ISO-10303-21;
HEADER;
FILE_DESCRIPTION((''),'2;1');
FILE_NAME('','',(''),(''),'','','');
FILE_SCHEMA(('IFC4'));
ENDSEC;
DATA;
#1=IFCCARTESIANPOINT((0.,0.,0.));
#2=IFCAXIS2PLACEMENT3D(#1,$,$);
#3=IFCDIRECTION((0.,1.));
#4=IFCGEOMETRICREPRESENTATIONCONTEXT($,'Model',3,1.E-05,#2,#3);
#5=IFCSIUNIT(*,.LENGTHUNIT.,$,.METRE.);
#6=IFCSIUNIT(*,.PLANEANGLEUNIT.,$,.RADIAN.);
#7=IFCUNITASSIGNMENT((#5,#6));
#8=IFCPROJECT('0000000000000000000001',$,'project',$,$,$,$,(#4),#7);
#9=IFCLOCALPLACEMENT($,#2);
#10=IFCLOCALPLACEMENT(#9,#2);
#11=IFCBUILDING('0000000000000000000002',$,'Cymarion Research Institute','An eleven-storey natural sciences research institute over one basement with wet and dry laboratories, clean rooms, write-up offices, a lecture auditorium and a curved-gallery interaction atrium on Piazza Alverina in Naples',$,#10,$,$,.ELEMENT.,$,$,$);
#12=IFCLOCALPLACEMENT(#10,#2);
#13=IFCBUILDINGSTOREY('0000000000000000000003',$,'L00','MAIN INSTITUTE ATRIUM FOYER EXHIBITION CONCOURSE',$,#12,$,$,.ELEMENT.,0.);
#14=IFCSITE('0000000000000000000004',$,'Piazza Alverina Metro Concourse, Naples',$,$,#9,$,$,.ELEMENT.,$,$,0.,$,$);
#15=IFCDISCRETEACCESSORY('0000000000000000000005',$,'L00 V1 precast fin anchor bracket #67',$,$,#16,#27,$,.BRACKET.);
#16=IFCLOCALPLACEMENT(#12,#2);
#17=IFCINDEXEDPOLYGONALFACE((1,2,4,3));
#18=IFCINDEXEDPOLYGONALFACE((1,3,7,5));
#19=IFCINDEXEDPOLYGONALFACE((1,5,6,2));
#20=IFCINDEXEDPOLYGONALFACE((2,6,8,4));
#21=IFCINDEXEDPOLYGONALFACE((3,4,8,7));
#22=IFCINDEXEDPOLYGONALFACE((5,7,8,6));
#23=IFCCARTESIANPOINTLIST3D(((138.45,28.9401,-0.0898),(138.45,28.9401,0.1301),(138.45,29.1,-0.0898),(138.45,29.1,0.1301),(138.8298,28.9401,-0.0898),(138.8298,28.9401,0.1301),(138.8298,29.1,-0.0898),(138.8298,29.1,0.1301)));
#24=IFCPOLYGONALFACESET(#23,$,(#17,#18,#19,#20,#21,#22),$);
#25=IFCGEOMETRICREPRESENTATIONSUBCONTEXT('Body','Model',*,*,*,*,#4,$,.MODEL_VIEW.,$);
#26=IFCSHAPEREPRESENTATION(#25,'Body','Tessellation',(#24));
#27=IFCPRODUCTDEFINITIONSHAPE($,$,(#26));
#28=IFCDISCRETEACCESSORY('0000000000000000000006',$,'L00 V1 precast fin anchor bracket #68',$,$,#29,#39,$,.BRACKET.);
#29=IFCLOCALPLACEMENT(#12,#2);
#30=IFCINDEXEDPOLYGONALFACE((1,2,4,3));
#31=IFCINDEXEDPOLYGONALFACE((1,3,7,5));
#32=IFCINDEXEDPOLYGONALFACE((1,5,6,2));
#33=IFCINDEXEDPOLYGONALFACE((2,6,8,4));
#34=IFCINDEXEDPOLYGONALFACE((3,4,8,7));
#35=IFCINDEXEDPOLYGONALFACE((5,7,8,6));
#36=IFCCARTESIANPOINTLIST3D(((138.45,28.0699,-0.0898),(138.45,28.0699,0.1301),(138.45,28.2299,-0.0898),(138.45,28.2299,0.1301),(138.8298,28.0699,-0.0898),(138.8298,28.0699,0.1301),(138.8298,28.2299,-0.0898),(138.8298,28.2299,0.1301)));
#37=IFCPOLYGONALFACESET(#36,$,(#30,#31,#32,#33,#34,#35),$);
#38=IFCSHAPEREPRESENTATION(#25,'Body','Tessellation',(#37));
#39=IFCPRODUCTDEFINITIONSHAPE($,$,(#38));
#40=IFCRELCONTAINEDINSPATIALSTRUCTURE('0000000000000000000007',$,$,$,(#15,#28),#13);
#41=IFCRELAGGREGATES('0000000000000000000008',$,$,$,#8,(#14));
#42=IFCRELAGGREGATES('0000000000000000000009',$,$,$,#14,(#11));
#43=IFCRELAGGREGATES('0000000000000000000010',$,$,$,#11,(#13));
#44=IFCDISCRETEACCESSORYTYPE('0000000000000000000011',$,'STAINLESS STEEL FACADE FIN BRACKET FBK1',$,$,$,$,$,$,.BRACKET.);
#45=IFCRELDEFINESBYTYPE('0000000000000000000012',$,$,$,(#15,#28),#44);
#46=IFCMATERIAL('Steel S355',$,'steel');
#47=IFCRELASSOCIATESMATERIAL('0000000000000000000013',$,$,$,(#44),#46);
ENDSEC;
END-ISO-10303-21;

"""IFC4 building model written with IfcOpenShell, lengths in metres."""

from ifc_helpers import new_model, si_unit, direction, frame, origin, origin_2d, place, context, subcontext, project, spatial, rectangle, extrude, material, type_object, element, save


model = new_model("IFC4")

# Units and contexts
model_context = context("Model", 3, precision=1e-05, world=origin(), true_north=direction((0.0, 1.0)))
body_context = subcontext(model_context, "Body", "Model", "MODEL_VIEW")
ifc_project = project(units=[si_unit("LENGTHUNIT", "METRE"), si_unit("PLANEANGLEUNIT", "RADIAN")], contexts=[model_context])

# Site, building, storey
site_placement = place(None, origin())
site = spatial("IfcSite", under=ifc_project, at=site_placement, Name="Piazza Alverina Metro Concourse, Naples", CompositionType="ELEMENT", RefElevation=0.0)
building_placement = place(site_placement, origin())
building = spatial("IfcBuilding", under=site, at=building_placement, Name="Cymarion Research Institute", Description="An eleven-storey natural sciences research institute over one basement with wet and dry laboratories, clean rooms, write-up offices, a lecture auditorium and a curved-gallery interaction atrium on Piazza Alverina in Naples", CompositionType="ELEMENT")
storey_placement = place(building_placement, origin())
storey = spatial("IfcBuildingStorey", under=building, at=storey_placement, Name="L00", Description="MAIN INSTITUTE ATRIUM FOYER EXHIBITION CONCOURSE", CompositionType="ELEMENT", Elevation=0.0)

# Shared definitions
ifc_material_1 = material(Name="Steel S355", Category="steel")

# Discrete accessories
discrete_accessory_type = type_object("IfcDiscreteAccessoryType", Name="STAINLESS STEEL FACADE FIN BRACKET FBK1", PredefinedType="BRACKET", material=ifc_material_1)
for number, where, z_axis, x_axis, name in (
    (1, (138.6399, 29.02, -0.0898), (0.0, 0.0, 1.0), (-1.0, 0.0, 0.0), "L00 V1 precast fin anchor bracket #67"),
    (2, (138.6399, 28.1499, -0.0898), (0.0, 0.0, 1.0), (-1.0, 0.0, 0.0), "L00 V1 precast fin anchor bracket #68"),
):
    element("IfcDiscreteAccessory", number, at=place(storey_placement, frame(where, z_axis=z_axis, x_axis=x_axis)), inside=storey, type_object=discrete_accessory_type, Name=name, PredefinedType="BRACKET", context=body_context, shape_type="SweptSolid", body=[
        extrude(rectangle(XDim=0.3799, YDim=0.1599, at=origin_2d()), origin(), (0.0, 0.0, 1.0), 0.22),
    ])

save(model, "model.ifc")
